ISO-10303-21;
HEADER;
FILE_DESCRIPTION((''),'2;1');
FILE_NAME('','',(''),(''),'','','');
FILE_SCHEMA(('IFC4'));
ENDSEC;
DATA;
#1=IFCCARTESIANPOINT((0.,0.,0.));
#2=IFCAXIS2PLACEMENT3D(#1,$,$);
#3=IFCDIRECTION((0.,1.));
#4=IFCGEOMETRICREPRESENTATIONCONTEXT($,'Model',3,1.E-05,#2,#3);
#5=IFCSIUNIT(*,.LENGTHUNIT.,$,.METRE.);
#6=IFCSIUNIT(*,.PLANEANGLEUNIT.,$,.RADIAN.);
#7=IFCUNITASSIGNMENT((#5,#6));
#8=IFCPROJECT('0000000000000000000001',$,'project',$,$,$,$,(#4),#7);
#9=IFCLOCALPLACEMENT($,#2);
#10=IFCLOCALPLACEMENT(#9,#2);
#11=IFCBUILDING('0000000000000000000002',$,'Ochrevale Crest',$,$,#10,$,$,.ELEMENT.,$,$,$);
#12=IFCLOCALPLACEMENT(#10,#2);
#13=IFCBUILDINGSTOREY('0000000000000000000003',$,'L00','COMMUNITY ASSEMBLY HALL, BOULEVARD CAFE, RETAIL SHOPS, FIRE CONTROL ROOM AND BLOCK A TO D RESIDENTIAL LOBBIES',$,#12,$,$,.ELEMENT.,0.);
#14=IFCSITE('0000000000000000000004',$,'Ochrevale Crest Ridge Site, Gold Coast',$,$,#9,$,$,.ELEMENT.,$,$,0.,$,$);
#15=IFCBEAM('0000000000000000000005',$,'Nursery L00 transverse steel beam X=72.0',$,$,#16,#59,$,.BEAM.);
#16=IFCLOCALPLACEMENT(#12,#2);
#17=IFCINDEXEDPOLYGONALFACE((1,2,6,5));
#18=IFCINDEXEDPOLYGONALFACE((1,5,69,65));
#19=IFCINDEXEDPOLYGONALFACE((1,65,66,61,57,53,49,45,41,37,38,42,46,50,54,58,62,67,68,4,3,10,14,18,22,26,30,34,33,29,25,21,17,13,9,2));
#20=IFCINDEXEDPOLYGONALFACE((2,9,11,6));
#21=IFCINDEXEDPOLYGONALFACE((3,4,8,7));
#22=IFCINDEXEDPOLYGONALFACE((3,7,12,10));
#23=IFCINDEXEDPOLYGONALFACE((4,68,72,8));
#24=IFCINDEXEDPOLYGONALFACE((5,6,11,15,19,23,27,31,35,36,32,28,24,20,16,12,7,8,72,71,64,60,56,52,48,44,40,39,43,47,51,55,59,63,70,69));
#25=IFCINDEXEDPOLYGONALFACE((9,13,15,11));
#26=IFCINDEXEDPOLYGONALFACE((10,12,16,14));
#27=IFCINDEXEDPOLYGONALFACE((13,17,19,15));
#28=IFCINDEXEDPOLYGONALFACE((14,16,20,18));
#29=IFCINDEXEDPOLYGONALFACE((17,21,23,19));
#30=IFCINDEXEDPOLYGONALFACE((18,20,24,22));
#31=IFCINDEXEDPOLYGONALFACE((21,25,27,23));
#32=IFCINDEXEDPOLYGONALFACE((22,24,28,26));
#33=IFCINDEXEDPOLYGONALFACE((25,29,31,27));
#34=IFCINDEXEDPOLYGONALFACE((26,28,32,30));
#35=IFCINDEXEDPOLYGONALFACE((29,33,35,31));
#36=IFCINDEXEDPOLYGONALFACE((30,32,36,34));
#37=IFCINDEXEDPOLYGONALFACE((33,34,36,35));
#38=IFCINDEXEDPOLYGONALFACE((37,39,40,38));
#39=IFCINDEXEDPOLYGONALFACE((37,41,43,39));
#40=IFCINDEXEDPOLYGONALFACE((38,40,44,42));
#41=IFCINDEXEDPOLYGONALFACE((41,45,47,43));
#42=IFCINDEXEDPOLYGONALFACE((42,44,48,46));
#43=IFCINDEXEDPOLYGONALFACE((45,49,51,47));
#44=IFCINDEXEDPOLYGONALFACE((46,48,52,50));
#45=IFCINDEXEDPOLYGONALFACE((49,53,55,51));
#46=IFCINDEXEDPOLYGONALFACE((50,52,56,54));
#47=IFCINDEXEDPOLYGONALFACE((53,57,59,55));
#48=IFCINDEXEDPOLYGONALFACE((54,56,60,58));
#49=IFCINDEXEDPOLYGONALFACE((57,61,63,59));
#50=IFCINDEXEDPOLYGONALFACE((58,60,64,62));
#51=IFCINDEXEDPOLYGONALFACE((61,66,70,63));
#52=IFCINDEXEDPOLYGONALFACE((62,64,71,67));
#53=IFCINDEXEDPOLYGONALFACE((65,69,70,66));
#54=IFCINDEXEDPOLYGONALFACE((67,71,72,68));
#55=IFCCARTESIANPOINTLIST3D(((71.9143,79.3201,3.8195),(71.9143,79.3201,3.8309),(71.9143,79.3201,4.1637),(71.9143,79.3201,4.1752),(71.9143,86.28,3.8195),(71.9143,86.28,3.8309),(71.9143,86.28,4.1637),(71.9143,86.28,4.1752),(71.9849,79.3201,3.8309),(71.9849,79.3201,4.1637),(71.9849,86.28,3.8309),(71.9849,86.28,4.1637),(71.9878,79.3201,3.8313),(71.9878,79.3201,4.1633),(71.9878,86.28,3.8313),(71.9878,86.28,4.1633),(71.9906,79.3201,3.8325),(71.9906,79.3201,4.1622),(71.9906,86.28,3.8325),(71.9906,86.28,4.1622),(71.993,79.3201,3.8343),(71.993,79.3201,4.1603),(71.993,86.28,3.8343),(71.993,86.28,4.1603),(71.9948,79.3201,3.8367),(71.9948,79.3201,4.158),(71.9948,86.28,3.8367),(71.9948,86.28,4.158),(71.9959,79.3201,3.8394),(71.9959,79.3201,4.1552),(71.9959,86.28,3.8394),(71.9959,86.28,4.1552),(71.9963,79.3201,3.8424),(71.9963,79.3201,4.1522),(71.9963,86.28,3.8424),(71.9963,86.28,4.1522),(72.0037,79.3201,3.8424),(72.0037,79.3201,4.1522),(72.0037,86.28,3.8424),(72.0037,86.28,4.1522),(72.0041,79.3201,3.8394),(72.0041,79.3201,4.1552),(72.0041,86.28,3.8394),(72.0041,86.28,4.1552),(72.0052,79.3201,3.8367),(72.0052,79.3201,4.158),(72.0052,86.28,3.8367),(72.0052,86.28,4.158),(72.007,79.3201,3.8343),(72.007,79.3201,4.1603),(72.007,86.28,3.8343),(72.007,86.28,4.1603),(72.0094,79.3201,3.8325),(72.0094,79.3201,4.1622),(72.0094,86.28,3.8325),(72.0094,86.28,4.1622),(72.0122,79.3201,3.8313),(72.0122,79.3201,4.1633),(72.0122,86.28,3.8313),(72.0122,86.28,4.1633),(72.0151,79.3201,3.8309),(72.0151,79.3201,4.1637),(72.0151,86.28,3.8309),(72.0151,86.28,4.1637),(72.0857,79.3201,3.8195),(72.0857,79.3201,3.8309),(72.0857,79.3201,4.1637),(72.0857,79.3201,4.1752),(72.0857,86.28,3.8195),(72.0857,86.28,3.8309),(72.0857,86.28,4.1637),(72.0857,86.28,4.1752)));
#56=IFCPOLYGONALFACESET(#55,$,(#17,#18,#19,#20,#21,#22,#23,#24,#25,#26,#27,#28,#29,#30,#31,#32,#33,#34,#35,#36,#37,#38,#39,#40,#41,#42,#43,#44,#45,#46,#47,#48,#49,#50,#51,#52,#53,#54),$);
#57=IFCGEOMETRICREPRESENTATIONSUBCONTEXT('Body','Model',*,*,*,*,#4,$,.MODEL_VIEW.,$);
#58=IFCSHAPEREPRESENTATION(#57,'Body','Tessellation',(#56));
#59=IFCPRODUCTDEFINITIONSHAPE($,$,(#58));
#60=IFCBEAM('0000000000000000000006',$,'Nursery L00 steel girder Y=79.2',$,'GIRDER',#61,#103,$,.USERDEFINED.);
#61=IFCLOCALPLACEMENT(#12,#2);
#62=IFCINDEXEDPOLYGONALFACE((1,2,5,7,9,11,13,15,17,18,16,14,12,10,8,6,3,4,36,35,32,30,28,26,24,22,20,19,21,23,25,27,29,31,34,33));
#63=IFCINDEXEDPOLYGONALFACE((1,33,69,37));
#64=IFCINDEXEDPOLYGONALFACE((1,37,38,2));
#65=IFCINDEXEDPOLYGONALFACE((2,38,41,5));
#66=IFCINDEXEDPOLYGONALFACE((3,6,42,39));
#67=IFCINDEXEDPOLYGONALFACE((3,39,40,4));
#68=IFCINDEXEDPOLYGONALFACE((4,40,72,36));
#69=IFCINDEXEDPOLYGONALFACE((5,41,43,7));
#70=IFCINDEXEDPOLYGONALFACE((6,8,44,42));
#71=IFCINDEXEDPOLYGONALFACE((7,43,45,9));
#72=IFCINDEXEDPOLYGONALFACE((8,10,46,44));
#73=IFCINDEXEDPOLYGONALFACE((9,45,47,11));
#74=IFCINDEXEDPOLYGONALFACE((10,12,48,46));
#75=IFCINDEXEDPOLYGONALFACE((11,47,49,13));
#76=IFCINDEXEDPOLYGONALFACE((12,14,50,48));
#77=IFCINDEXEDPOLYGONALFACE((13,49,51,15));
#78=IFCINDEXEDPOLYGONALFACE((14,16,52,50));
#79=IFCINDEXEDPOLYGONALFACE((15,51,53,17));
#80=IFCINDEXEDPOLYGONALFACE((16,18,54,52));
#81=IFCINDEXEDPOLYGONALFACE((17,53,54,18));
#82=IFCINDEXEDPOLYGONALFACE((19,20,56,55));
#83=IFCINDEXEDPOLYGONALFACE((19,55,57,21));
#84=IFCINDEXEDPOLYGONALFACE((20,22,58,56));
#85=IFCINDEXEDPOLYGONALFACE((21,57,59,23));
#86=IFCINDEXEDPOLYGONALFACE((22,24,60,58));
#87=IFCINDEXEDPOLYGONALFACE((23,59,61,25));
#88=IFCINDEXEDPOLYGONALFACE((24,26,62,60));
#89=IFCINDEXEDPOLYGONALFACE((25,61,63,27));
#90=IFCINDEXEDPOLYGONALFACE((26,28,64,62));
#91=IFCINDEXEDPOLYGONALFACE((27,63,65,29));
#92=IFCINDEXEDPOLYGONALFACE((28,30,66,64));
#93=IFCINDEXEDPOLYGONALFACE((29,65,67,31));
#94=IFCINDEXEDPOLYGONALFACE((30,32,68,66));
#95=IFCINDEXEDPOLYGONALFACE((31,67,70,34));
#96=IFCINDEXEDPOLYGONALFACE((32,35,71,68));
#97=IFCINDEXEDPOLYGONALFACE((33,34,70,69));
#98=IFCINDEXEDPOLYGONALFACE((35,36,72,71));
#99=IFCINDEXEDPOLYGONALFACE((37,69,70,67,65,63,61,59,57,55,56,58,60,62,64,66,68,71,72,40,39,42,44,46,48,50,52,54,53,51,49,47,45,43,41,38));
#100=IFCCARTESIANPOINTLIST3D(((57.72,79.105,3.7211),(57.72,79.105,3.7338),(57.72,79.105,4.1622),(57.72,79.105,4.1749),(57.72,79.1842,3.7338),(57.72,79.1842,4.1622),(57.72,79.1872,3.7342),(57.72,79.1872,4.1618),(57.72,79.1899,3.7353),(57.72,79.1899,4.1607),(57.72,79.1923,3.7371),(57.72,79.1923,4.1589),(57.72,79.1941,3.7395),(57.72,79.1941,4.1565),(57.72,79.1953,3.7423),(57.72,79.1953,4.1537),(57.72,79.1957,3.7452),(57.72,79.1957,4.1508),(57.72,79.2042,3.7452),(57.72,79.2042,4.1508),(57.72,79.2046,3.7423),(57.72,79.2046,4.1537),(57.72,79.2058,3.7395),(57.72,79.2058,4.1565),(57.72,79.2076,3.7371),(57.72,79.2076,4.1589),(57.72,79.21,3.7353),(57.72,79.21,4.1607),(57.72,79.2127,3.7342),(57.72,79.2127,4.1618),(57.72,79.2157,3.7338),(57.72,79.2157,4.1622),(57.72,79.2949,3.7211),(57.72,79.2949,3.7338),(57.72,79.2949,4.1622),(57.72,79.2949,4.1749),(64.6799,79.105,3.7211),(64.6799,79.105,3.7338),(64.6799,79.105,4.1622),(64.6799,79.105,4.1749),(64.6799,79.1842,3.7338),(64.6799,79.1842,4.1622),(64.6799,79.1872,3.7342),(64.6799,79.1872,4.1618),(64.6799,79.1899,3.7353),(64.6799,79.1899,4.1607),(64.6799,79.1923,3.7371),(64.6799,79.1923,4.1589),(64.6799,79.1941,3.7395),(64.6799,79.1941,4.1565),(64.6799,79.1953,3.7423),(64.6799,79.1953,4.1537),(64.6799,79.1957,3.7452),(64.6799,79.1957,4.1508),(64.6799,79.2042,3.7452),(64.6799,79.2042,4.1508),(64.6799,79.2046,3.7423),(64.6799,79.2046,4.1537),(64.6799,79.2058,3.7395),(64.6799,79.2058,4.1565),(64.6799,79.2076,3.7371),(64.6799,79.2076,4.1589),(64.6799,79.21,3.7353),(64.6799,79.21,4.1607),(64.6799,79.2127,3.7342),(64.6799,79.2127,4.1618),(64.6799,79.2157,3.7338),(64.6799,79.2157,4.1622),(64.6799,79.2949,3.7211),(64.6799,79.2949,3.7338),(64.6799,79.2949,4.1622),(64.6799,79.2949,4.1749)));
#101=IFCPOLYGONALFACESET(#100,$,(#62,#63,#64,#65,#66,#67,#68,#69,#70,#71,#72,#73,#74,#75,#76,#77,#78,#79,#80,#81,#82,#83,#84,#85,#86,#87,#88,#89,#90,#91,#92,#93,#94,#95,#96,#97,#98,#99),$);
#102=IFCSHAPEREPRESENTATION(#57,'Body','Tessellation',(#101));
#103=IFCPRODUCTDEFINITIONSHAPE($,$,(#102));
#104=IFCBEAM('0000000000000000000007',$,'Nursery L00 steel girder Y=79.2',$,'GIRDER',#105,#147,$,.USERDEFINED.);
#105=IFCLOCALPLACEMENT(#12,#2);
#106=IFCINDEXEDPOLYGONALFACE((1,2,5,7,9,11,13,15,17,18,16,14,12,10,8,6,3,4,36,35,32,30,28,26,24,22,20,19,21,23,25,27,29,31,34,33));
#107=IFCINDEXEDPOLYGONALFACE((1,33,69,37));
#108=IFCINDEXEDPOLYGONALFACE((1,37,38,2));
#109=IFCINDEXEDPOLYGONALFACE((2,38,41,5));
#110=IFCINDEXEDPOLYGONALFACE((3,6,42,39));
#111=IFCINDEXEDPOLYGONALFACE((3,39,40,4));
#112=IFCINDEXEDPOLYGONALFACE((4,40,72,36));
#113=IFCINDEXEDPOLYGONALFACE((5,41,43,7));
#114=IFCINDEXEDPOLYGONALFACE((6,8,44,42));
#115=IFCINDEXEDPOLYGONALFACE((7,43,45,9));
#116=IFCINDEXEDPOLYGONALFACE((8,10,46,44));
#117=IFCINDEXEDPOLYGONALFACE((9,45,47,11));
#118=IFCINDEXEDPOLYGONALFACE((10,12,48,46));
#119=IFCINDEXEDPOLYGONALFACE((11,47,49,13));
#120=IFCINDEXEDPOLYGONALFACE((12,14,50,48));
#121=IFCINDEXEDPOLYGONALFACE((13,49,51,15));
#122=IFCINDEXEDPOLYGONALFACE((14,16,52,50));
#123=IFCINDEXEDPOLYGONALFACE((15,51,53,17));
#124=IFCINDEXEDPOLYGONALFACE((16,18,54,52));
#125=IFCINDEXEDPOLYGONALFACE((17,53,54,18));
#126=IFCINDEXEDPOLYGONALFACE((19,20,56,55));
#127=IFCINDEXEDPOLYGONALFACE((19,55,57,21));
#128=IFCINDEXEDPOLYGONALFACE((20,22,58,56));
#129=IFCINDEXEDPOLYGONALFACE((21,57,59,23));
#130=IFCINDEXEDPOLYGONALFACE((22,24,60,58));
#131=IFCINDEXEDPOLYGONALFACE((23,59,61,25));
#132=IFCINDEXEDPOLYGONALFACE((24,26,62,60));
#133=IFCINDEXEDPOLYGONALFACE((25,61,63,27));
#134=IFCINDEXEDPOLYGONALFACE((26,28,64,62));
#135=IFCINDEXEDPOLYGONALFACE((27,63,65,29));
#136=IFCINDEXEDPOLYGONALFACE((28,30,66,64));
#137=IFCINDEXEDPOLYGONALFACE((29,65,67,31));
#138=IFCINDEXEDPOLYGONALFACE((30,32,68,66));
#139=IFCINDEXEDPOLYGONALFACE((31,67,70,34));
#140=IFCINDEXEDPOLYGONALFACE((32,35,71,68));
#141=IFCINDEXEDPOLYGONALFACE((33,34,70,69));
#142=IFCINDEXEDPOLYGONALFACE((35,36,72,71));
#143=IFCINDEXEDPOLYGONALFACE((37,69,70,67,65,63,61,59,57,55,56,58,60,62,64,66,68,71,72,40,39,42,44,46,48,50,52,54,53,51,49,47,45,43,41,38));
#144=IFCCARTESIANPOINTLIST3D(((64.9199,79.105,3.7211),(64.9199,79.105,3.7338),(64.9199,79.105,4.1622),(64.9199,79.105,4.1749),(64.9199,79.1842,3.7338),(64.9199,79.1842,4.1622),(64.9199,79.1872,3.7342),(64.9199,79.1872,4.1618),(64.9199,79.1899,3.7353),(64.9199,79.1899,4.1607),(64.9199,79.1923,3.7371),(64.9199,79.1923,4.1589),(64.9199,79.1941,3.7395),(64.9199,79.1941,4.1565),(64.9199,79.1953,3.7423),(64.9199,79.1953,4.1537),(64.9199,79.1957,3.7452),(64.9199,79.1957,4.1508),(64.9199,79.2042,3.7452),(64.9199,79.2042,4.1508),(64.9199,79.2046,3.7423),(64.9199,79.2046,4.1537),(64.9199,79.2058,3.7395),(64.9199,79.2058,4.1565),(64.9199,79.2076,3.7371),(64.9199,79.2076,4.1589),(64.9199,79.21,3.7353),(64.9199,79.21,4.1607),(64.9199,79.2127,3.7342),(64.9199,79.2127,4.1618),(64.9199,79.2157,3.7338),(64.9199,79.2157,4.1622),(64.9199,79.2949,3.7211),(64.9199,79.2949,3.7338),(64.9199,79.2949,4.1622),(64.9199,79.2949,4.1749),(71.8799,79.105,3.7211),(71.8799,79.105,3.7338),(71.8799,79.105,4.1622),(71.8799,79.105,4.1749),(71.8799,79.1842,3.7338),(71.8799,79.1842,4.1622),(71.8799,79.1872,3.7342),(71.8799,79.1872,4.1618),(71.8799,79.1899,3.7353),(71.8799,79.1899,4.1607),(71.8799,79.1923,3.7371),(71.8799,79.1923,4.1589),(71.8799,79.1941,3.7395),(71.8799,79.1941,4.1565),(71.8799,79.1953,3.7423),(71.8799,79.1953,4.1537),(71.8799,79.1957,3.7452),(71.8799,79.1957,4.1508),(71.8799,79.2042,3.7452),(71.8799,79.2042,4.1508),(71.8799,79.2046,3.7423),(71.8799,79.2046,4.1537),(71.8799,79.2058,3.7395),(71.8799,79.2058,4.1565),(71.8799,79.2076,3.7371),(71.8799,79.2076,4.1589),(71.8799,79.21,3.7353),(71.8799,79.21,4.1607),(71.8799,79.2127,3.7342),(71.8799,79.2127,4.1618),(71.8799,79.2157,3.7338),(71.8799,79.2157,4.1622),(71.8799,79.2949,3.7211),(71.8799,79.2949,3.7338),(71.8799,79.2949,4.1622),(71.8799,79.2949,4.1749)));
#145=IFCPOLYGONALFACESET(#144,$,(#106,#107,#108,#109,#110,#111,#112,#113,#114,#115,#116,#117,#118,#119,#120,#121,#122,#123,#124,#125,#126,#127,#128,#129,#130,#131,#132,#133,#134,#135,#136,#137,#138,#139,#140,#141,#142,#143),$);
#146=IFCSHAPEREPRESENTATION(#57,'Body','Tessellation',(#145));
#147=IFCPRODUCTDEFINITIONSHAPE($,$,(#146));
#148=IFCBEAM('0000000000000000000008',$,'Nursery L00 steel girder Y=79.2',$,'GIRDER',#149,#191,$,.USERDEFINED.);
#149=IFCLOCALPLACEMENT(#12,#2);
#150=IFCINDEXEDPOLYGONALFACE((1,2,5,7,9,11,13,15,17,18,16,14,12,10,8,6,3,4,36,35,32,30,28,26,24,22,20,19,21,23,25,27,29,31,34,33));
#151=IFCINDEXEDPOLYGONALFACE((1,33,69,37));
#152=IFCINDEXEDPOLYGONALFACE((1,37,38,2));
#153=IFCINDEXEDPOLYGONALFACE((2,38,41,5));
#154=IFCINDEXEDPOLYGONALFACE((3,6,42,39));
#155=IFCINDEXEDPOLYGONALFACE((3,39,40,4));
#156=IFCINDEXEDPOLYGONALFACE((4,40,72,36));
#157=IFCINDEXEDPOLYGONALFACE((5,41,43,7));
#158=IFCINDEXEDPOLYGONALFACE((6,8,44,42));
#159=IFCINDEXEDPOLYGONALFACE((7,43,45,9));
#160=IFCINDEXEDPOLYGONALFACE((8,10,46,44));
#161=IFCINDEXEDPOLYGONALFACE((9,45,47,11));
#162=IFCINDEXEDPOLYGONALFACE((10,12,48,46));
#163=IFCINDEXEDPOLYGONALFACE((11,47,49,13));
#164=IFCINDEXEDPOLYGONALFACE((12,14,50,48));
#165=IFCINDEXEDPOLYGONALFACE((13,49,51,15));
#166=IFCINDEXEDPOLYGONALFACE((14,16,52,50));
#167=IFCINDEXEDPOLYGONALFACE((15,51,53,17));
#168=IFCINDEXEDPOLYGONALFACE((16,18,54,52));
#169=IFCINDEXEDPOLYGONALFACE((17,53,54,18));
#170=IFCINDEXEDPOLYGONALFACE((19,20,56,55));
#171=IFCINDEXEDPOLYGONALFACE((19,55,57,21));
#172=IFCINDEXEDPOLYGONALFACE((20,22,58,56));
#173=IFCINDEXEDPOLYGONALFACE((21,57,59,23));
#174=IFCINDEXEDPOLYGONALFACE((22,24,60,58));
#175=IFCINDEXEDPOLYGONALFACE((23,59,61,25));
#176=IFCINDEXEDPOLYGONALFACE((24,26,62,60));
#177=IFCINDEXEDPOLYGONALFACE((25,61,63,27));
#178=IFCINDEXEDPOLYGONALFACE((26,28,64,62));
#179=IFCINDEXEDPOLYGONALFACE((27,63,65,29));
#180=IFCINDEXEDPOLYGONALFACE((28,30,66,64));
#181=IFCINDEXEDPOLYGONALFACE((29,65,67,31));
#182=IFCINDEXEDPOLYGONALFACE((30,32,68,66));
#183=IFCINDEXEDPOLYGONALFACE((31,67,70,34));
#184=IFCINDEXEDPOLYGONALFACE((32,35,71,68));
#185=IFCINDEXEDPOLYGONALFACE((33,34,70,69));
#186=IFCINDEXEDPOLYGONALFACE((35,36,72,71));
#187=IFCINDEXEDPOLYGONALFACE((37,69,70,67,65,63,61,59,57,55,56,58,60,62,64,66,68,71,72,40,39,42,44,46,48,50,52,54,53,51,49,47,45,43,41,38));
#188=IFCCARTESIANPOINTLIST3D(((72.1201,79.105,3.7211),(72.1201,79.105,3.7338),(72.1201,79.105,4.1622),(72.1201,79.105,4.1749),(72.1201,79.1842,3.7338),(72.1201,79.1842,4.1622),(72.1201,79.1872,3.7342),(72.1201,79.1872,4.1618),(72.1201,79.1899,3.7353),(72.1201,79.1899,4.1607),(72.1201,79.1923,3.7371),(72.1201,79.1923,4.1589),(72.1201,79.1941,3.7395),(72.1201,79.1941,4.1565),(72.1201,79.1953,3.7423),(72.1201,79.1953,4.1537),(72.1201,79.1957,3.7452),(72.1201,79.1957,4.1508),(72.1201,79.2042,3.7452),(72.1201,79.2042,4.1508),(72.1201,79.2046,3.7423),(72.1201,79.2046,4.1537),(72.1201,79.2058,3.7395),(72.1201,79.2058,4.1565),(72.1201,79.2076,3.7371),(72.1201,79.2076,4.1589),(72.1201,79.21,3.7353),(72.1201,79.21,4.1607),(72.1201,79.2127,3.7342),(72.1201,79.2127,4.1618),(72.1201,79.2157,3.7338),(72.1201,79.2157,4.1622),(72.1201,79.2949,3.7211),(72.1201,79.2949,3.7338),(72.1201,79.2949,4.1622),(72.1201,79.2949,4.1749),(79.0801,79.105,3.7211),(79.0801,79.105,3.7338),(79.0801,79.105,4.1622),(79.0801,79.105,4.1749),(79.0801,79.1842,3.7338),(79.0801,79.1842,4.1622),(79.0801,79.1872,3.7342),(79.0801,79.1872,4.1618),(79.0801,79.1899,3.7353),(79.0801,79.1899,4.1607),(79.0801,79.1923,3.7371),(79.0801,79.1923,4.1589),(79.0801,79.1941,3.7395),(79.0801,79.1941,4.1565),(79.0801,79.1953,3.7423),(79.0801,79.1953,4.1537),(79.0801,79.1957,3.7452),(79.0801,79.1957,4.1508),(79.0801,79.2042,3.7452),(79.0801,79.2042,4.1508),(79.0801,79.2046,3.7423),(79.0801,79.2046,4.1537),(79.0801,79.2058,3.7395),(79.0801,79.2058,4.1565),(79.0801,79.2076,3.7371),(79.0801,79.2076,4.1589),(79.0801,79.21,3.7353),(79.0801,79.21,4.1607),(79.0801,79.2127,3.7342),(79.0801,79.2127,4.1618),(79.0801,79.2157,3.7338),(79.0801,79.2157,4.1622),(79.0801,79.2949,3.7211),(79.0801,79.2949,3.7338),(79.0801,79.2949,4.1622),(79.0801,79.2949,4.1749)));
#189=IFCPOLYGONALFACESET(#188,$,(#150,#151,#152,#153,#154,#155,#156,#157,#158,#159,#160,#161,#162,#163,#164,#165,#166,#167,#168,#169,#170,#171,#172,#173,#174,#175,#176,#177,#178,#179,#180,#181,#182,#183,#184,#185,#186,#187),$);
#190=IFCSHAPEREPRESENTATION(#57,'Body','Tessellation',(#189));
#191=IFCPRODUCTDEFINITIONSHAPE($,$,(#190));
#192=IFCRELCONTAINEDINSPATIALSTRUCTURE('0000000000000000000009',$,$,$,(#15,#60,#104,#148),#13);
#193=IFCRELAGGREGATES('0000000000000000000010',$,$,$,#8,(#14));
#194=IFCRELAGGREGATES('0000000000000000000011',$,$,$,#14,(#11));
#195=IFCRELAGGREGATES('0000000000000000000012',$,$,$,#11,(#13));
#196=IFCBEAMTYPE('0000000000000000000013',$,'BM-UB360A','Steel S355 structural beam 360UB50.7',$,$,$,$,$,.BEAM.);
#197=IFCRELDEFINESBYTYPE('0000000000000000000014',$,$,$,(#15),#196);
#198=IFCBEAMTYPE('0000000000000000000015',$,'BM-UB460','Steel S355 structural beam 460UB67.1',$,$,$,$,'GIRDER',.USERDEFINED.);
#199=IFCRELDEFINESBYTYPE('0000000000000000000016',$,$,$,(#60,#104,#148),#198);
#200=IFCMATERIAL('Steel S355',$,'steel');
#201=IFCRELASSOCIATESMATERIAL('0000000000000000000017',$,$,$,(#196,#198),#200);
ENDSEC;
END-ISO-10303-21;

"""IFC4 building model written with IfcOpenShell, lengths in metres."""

from ifc_helpers import new_model, si_unit, direction, frame, origin, origin_2d, place, context, subcontext, project, spatial, i_section, extrude, material, material_profile, profile_set, type_object, element, save


model = new_model("IFC4")

# Units and contexts
model_context = context("Model", 3, precision=1e-05, world=origin(), true_north=direction((0.0, 1.0)))
body_context = subcontext(model_context, "Body", "Model", "MODEL_VIEW")
ifc_project = project(units=[si_unit("LENGTHUNIT", "METRE"), si_unit("PLANEANGLEUNIT", "RADIAN")], contexts=[model_context])

# Site, building, storey
site_placement = place(None, origin())
site = spatial("IfcSite", under=ifc_project, at=site_placement, Name="Ochrevale Crest Ridge Site, Gold Coast", CompositionType="ELEMENT", RefElevation=0.0)
building_placement = place(site_placement, origin())
building = spatial("IfcBuilding", under=site, at=building_placement, Name="Ochrevale Crest", CompositionType="ELEMENT")
storey_placement = place(building_placement, origin())
storey = spatial("IfcBuildingStorey", under=building, at=storey_placement, Name="L00", Description="COMMUNITY ASSEMBLY HALL, BOULEVARD CAFE, RETAIL SHOPS, FIRE CONTROL ROOM AND BLOCK A TO D RESIDENTIAL LOBBIES", CompositionType="ELEMENT", Elevation=0.0)

# Shared definitions
ifc_material_1 = material(Name="Steel S355", Category="steel")

# Beams
ifc_material_profile_1 = material_profile(ifc_material_1, i_section(OverallWidth=0.1714, OverallDepth=0.3557, WebThickness=0.0073, FlangeThickness=0.0115, FilletRadius=0.0115, at=origin_2d()), Name="360UB50.7")
ifc_profile_set_1 = profile_set([ifc_material_profile_1], Name="Steel S355")
beam_type_1 = type_object("IfcBeamType", Name="BM-UB360A", Description="Steel S355 structural beam 360UB50.7", PredefinedType="BEAM", material=ifc_profile_set_1)
for number, where, z_axis, x_axis, name in (
    (1, (72.0, 79.3201, 3.9973), (0.0, 1.0, 0.0), (-1.0, 0.0, 0.0), "Nursery L00 transverse steel beam X=72.0"),
):
    element("IfcBeam", number, at=place(storey_placement, frame(where, z_axis=z_axis, x_axis=x_axis)), inside=storey, type_object=beam_type_1, Name=name, PredefinedType="BEAM", context=body_context, shape_type="SweptSolid", body=[
        extrude(i_section(OverallWidth=0.1714, OverallDepth=0.3557, WebThickness=0.0073, FlangeThickness=0.0115, FilletRadius=0.0115, at=origin_2d()), origin(), (0.0, 0.0, 1.0), 6.96),
    ])
ifc_material_profile_2 = material_profile(ifc_material_1, i_section(OverallWidth=0.1899, OverallDepth=0.4539, WebThickness=0.0085, FlangeThickness=0.0127, FilletRadius=0.0115, at=origin_2d()), Name="460UB67.1")
ifc_profile_set_2 = profile_set([ifc_material_profile_2], Name="Steel S355")
beam_type_2 = type_object("IfcBeamType", Name="BM-UB460", Description="Steel S355 structural beam 460UB67.1", ElementType="GIRDER", PredefinedType="USERDEFINED", material=ifc_profile_set_2)
for number, where, z_axis, x_axis, name in (
    (2, (57.72, 79.2, 3.948), (1.0, 0.0, 0.0), (0.0, 1.0, 0.0), "Nursery L00 steel girder Y=79.2"),
    (3, (64.9199, 79.2, 3.948), (1.0, 0.0, 0.0), (0.0, 1.0, 0.0), "Nursery L00 steel girder Y=79.2"),
    (4, (72.1201, 79.2, 3.948), (1.0, 0.0, 0.0), (0.0, 1.0, 0.0), "Nursery L00 steel girder Y=79.2"),
):
    element("IfcBeam", number, at=place(storey_placement, frame(where, z_axis=z_axis, x_axis=x_axis)), inside=storey, type_object=beam_type_2, Name=name, ObjectType="GIRDER", PredefinedType="USERDEFINED", context=body_context, shape_type="SweptSolid", body=[
        extrude(i_section(OverallWidth=0.1899, OverallDepth=0.4539, WebThickness=0.0085, FlangeThickness=0.0127, FilletRadius=0.0115, at=origin_2d()), origin(), (0.0, 0.0, 1.0), 6.96),
    ])

save(model, "model.ifc")
